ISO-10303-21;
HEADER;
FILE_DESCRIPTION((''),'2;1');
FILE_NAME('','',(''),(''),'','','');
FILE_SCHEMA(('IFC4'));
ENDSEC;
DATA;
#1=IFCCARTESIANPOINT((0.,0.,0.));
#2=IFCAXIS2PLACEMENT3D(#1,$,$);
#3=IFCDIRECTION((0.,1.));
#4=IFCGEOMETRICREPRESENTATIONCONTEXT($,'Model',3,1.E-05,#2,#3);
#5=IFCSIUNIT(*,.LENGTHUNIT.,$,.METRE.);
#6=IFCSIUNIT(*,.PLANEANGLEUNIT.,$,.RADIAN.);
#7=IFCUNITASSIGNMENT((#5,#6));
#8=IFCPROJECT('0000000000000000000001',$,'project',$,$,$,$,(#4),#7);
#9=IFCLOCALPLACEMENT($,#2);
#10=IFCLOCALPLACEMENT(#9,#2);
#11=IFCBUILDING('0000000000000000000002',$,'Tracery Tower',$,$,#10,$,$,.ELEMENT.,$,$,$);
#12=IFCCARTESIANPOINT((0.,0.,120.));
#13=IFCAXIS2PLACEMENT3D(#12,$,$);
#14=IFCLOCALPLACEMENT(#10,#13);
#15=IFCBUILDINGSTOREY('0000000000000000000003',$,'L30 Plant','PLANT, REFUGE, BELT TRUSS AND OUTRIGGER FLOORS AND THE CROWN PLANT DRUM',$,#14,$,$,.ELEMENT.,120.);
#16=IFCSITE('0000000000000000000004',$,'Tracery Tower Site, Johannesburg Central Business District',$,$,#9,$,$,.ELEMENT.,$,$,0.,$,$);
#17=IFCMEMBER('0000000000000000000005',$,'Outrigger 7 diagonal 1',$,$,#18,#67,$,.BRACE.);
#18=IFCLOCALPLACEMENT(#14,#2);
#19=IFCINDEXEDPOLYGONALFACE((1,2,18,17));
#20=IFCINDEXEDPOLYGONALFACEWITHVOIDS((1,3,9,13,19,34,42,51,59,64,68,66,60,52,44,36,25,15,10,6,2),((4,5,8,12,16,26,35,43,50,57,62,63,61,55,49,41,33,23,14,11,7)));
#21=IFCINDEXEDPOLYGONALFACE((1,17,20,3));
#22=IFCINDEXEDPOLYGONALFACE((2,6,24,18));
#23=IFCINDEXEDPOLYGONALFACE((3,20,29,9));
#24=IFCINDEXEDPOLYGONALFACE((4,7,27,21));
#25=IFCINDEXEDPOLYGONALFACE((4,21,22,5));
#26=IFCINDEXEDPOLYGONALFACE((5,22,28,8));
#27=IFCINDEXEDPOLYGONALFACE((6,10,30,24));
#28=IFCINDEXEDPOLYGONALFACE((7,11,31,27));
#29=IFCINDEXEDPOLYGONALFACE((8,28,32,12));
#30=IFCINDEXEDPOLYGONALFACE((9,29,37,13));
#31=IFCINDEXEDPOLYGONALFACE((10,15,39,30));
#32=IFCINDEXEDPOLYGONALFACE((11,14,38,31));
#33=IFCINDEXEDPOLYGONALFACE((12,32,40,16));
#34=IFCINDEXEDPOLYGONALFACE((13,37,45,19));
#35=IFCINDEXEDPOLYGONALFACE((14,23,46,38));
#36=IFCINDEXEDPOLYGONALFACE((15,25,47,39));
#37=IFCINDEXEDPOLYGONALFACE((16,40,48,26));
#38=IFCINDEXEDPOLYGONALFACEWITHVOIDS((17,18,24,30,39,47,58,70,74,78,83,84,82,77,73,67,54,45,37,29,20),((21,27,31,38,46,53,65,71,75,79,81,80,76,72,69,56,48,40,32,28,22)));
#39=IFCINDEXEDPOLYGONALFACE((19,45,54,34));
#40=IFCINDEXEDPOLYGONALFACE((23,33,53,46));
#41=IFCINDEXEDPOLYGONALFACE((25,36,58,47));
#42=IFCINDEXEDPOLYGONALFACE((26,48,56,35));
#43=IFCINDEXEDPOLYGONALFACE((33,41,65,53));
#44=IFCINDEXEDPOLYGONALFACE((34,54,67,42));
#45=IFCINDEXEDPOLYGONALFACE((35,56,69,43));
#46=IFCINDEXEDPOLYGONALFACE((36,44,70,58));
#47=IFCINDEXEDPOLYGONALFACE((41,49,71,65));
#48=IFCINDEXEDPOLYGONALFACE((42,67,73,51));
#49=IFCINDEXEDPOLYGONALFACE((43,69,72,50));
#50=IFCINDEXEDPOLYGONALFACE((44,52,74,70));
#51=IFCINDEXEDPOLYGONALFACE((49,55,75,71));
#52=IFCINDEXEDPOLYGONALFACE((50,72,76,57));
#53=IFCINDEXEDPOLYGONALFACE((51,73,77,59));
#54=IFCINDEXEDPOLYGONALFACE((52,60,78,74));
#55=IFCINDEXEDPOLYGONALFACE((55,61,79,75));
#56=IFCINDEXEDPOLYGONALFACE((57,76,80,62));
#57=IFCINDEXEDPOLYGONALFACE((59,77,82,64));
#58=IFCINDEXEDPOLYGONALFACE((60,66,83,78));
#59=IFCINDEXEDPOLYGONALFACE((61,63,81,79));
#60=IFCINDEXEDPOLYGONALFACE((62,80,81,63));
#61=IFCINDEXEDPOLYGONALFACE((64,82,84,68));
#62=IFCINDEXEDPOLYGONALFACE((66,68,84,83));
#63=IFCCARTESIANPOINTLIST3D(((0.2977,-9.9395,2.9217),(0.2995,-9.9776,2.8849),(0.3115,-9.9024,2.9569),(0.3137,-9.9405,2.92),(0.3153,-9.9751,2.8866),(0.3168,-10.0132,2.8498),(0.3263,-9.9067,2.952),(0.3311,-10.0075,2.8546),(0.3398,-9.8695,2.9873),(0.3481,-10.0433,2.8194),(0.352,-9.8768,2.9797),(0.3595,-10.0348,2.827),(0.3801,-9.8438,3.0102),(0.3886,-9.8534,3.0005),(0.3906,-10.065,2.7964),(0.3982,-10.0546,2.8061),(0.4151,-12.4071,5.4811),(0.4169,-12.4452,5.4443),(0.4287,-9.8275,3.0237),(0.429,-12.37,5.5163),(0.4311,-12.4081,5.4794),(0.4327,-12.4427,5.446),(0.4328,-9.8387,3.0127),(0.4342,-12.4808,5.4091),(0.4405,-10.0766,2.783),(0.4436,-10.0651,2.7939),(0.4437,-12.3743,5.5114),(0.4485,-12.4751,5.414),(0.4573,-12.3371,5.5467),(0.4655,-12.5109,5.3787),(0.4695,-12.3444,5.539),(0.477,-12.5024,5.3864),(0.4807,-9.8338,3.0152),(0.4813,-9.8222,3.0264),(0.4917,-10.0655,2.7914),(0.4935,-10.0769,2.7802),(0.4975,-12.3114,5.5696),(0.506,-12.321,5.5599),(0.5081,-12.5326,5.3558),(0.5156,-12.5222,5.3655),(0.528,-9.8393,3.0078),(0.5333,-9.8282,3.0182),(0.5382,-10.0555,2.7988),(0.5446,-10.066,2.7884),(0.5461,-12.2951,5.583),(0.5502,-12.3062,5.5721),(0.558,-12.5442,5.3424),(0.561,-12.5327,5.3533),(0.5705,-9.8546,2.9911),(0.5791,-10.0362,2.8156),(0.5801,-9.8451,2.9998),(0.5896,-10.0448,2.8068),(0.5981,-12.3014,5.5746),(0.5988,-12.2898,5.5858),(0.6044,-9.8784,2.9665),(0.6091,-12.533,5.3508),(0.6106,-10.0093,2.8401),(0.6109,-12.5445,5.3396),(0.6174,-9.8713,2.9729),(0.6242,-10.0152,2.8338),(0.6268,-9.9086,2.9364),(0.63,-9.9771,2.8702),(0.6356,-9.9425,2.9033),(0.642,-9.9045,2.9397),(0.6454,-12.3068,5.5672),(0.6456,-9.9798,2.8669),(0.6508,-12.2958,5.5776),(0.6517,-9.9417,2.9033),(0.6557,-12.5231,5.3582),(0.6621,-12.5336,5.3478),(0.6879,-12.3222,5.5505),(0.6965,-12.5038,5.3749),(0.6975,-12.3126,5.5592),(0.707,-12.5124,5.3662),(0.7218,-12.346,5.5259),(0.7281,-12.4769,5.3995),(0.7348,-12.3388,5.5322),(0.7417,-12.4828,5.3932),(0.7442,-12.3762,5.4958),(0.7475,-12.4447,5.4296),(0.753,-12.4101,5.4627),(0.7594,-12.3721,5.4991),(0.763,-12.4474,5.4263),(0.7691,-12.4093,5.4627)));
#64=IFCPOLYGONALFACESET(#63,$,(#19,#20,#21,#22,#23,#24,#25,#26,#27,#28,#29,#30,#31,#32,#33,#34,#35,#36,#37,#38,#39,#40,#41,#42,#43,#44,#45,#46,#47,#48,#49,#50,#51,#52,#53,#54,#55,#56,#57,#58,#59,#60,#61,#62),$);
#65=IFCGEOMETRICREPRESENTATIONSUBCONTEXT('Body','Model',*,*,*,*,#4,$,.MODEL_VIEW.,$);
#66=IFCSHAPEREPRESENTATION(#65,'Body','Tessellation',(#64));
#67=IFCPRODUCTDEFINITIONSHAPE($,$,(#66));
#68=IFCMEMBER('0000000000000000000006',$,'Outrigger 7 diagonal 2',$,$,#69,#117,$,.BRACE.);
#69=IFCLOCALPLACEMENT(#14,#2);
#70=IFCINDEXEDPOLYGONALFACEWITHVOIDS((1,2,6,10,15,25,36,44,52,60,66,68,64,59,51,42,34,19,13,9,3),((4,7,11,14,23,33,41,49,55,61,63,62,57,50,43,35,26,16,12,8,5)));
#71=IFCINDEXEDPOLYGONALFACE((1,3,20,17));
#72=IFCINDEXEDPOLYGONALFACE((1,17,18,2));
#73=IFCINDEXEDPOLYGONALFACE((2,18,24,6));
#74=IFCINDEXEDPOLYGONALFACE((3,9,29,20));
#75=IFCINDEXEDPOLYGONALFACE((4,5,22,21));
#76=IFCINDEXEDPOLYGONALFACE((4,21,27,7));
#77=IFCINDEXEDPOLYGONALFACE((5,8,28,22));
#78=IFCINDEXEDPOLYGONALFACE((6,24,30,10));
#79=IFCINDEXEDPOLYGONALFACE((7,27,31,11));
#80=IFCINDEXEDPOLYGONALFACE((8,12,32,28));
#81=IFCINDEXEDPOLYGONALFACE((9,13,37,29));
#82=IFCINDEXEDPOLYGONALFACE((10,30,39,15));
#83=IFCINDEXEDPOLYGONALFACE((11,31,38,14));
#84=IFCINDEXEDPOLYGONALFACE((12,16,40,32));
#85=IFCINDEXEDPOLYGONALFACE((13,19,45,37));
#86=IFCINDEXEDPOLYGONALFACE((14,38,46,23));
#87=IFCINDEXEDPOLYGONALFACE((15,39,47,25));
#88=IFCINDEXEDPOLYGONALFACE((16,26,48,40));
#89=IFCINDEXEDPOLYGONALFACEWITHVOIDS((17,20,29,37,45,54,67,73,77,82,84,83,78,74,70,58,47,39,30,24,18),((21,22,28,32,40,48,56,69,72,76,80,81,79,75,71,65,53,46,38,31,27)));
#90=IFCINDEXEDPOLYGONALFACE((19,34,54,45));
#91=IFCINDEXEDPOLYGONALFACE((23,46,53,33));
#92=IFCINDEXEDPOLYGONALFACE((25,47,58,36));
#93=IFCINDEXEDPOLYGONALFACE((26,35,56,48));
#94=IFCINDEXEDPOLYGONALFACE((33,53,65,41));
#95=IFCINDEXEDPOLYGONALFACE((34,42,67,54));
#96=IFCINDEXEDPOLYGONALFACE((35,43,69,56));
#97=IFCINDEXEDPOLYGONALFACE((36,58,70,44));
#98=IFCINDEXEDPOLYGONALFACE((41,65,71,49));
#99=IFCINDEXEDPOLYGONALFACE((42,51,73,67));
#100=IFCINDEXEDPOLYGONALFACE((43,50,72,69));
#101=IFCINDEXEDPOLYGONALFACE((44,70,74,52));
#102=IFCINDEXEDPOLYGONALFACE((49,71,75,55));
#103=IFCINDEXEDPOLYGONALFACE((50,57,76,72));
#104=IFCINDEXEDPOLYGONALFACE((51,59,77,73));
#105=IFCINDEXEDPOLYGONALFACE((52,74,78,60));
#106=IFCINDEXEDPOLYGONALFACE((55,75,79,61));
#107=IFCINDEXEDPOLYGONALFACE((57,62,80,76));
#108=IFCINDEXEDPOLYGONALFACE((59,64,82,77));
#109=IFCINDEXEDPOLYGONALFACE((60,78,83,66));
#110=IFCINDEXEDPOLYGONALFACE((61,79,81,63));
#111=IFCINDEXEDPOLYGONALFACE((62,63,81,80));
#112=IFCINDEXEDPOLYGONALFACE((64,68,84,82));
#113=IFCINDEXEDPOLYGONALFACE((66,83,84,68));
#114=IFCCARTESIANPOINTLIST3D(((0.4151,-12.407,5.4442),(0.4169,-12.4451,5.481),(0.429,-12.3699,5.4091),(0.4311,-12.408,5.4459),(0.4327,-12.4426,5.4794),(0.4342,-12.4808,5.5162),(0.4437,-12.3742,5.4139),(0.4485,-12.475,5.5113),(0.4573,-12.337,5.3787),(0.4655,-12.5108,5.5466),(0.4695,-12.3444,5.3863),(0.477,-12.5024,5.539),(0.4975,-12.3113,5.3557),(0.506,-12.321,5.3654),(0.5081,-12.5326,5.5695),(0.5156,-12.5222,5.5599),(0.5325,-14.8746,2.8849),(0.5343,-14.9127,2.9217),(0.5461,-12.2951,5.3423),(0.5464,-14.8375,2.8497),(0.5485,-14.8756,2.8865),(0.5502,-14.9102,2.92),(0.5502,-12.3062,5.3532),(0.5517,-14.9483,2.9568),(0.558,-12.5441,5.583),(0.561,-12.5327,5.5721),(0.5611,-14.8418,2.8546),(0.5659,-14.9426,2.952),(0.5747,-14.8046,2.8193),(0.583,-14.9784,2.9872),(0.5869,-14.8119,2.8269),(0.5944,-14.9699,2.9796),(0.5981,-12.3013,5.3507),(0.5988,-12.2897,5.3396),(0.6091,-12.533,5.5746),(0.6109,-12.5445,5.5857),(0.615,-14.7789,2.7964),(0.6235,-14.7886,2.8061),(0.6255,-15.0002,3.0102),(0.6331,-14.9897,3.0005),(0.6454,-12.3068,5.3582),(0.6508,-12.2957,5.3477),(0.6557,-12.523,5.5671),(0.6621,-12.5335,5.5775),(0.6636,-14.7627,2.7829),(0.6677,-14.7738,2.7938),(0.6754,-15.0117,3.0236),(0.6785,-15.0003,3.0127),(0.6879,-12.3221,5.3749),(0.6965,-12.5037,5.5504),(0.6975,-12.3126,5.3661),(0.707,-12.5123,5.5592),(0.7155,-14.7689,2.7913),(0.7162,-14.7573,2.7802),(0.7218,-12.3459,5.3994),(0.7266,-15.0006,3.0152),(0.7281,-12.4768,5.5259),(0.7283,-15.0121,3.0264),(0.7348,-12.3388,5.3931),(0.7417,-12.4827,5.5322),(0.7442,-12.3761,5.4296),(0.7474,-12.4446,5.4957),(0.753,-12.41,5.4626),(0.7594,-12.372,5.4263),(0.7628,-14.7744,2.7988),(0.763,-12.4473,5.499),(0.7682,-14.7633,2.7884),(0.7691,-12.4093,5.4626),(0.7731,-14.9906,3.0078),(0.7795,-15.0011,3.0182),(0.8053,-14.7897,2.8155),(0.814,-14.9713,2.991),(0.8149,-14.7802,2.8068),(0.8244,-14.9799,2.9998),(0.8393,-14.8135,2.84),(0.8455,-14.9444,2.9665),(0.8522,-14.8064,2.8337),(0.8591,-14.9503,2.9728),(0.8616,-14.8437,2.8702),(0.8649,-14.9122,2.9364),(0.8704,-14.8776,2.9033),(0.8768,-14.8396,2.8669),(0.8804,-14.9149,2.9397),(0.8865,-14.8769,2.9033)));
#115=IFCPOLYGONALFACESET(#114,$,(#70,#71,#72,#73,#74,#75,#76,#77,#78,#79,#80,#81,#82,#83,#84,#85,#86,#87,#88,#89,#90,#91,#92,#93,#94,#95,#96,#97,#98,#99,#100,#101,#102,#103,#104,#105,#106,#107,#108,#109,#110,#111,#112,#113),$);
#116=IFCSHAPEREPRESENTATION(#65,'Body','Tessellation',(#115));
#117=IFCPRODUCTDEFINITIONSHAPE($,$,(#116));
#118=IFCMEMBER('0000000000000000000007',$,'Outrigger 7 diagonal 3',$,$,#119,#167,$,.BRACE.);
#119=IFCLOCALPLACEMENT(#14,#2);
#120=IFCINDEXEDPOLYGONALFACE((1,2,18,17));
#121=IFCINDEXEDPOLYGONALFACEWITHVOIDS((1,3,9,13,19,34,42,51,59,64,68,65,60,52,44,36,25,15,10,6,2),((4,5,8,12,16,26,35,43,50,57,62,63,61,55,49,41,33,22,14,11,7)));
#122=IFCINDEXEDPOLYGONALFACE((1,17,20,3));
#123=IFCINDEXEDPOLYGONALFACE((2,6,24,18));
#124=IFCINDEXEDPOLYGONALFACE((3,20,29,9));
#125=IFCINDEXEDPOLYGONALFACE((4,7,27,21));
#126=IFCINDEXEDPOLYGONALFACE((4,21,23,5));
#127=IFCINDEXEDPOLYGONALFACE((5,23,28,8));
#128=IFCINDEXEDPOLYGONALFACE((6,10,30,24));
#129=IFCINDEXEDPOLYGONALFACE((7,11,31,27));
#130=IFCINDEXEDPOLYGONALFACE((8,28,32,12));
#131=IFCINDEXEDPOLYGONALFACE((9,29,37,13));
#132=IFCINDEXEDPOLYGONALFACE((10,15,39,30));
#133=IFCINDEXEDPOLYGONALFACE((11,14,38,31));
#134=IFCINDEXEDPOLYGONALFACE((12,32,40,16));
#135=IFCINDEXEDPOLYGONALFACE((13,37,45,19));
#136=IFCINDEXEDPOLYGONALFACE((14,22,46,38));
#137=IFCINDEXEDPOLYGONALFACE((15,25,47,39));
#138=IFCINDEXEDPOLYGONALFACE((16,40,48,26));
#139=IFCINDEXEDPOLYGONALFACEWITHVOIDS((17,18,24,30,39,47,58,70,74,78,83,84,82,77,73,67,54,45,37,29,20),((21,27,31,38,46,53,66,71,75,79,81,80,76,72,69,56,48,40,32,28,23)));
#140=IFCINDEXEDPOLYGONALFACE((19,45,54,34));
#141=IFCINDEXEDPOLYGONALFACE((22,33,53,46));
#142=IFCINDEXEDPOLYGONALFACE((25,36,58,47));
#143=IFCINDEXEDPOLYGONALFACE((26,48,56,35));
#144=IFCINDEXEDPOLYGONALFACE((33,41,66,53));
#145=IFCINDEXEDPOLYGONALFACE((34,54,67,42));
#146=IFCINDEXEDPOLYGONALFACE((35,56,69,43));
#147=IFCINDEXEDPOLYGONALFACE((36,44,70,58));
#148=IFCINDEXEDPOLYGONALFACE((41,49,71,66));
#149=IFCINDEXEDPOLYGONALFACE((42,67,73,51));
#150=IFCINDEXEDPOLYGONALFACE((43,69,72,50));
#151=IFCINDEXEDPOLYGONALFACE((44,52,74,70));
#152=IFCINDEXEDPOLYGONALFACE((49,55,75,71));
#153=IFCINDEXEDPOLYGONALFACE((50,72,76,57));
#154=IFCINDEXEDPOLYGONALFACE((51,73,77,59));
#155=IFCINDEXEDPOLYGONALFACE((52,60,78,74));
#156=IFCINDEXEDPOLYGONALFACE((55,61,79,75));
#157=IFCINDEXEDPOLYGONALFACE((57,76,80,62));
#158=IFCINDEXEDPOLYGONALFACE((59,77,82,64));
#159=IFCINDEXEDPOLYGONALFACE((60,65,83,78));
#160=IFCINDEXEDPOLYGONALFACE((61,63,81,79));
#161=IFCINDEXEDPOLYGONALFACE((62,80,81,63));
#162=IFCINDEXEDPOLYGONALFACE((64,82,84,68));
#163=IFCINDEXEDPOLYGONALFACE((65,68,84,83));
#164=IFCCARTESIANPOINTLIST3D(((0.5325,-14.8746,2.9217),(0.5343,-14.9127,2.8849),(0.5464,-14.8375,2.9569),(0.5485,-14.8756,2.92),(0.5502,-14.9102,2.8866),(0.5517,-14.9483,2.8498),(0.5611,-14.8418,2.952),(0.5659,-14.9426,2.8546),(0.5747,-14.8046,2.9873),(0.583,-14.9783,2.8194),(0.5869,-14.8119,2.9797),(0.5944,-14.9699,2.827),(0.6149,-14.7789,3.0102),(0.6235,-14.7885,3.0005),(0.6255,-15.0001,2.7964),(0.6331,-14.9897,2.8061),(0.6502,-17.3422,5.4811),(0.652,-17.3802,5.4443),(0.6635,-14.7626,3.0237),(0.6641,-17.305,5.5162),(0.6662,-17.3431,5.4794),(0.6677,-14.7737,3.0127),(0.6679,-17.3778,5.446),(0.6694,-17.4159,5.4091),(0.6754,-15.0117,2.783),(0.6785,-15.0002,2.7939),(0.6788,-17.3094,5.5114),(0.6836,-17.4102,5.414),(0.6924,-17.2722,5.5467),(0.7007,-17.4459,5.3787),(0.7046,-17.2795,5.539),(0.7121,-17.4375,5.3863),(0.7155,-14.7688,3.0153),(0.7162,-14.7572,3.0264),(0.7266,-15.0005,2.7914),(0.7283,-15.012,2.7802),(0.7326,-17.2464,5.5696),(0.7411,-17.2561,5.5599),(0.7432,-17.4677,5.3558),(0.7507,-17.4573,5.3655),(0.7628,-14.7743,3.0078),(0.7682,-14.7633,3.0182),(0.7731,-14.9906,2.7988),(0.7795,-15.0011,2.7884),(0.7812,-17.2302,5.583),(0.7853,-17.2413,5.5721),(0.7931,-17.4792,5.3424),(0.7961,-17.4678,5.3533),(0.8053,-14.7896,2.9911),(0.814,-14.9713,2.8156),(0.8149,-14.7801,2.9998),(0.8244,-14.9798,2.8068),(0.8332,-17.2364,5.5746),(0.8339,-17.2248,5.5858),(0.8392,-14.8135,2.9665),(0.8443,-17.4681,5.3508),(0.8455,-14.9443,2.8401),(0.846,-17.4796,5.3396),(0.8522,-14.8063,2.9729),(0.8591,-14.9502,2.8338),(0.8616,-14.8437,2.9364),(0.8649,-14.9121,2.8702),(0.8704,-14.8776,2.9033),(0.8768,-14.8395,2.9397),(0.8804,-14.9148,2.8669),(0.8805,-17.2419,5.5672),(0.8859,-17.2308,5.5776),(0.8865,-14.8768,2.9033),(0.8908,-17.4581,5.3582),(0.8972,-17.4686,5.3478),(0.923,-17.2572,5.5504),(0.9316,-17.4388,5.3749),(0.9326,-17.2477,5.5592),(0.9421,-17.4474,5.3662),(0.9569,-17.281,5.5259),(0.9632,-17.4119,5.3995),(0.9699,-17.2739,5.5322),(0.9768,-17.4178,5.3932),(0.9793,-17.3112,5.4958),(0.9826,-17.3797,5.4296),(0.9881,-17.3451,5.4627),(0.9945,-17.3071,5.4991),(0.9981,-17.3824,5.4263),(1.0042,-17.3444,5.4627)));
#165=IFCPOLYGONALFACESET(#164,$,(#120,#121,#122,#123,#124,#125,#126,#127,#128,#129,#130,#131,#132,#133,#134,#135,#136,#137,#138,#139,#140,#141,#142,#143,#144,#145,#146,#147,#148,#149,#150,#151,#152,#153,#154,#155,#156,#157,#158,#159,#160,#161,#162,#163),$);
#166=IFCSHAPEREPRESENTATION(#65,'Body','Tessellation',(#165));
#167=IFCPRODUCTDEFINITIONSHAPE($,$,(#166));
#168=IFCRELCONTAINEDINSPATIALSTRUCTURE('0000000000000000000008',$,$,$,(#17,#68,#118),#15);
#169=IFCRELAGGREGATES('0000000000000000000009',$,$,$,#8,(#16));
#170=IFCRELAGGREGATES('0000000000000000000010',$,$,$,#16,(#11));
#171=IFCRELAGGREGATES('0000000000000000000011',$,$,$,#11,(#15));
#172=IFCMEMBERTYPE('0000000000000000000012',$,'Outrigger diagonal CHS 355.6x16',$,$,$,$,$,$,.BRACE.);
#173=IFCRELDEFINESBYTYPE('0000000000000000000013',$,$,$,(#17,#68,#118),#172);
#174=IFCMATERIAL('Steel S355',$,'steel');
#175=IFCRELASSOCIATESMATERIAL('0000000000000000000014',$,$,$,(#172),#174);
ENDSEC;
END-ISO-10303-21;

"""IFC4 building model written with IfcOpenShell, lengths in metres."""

from ifc_helpers import new_model, si_unit, direction, frame, origin, origin_2d, place, context, subcontext, project, spatial, hollow_circle, extrude, material, material_profile, profile_set, type_object, element, save


model = new_model("IFC4")

# Units and contexts
model_context = context("Model", 3, precision=1e-05, world=origin(), true_north=direction((0.0, 1.0)))
body_context = subcontext(model_context, "Body", "Model", "MODEL_VIEW")
ifc_project = project(units=[si_unit("LENGTHUNIT", "METRE"), si_unit("PLANEANGLEUNIT", "RADIAN")], contexts=[model_context])

# Site, building, storey
site_placement = place(None, origin())
site = spatial("IfcSite", under=ifc_project, at=site_placement, Name="Tracery Tower Site, Johannesburg Central Business District", CompositionType="ELEMENT", RefElevation=0.0)
building_placement = place(site_placement, origin())
building = spatial("IfcBuilding", under=site, at=building_placement, Name="Tracery Tower", CompositionType="ELEMENT")
storey_placement = place(building_placement, frame((0.0, 0.0, 120.0)))
storey = spatial("IfcBuildingStorey", under=building, at=storey_placement, Name="L30 Plant", Description="PLANT, REFUGE, BELT TRUSS AND OUTRIGGER FLOORS AND THE CROWN PLANT DRUM", CompositionType="ELEMENT", Elevation=120.0)

# Members
ifc_material_1 = material(Name="Steel S355", Category="steel")
ifc_material_profile_1 = material_profile(ifc_material_1, hollow_circle(Radius=0.1777, WallThickness=0.0161, at=origin_2d()), Name="CHS 355.6x16")
ifc_profile_set_1 = profile_set([ifc_material_profile_1], Name="Steel S355")
member_type_1 = type_object("IfcMemberType", Name="Outrigger diagonal CHS 355.6x16", PredefinedType="BRACE", material=ifc_profile_set_1)
for number, where, z_axis, x_axis, name in (
    (1, (0.4741, -9.9502, 2.9033), (0.033014, -0.6937, 0.719507), (0.998869, 0.047537, 0.0), "Outrigger 7 diagonal 1"),
    (2, (0.5916, -12.4177, 5.4626), (0.033014, -0.6937, -0.719507), (0.998869, 0.047537, 0.0), "Outrigger 7 diagonal 2"),
    (3, (0.709, -14.8853, 2.9033), (0.033082, -0.693698, 0.719505), (0.998865, 0.047636, 0.0), "Outrigger 7 diagonal 3"),
):
    element("IfcMember", number, at=place(storey_placement, frame(where, z_axis=z_axis, x_axis=x_axis)), inside=storey, type_object=member_type_1, Name=name, PredefinedType="BRACE", context=body_context, shape_type="SweptSolid", body=[
        extrude(hollow_circle(Radius=0.1777, WallThickness=0.0161, at=origin_2d()), origin(), (0.0, 0.0, 1.0), 3.5571),
    ])

save(model, "model.ifc")
